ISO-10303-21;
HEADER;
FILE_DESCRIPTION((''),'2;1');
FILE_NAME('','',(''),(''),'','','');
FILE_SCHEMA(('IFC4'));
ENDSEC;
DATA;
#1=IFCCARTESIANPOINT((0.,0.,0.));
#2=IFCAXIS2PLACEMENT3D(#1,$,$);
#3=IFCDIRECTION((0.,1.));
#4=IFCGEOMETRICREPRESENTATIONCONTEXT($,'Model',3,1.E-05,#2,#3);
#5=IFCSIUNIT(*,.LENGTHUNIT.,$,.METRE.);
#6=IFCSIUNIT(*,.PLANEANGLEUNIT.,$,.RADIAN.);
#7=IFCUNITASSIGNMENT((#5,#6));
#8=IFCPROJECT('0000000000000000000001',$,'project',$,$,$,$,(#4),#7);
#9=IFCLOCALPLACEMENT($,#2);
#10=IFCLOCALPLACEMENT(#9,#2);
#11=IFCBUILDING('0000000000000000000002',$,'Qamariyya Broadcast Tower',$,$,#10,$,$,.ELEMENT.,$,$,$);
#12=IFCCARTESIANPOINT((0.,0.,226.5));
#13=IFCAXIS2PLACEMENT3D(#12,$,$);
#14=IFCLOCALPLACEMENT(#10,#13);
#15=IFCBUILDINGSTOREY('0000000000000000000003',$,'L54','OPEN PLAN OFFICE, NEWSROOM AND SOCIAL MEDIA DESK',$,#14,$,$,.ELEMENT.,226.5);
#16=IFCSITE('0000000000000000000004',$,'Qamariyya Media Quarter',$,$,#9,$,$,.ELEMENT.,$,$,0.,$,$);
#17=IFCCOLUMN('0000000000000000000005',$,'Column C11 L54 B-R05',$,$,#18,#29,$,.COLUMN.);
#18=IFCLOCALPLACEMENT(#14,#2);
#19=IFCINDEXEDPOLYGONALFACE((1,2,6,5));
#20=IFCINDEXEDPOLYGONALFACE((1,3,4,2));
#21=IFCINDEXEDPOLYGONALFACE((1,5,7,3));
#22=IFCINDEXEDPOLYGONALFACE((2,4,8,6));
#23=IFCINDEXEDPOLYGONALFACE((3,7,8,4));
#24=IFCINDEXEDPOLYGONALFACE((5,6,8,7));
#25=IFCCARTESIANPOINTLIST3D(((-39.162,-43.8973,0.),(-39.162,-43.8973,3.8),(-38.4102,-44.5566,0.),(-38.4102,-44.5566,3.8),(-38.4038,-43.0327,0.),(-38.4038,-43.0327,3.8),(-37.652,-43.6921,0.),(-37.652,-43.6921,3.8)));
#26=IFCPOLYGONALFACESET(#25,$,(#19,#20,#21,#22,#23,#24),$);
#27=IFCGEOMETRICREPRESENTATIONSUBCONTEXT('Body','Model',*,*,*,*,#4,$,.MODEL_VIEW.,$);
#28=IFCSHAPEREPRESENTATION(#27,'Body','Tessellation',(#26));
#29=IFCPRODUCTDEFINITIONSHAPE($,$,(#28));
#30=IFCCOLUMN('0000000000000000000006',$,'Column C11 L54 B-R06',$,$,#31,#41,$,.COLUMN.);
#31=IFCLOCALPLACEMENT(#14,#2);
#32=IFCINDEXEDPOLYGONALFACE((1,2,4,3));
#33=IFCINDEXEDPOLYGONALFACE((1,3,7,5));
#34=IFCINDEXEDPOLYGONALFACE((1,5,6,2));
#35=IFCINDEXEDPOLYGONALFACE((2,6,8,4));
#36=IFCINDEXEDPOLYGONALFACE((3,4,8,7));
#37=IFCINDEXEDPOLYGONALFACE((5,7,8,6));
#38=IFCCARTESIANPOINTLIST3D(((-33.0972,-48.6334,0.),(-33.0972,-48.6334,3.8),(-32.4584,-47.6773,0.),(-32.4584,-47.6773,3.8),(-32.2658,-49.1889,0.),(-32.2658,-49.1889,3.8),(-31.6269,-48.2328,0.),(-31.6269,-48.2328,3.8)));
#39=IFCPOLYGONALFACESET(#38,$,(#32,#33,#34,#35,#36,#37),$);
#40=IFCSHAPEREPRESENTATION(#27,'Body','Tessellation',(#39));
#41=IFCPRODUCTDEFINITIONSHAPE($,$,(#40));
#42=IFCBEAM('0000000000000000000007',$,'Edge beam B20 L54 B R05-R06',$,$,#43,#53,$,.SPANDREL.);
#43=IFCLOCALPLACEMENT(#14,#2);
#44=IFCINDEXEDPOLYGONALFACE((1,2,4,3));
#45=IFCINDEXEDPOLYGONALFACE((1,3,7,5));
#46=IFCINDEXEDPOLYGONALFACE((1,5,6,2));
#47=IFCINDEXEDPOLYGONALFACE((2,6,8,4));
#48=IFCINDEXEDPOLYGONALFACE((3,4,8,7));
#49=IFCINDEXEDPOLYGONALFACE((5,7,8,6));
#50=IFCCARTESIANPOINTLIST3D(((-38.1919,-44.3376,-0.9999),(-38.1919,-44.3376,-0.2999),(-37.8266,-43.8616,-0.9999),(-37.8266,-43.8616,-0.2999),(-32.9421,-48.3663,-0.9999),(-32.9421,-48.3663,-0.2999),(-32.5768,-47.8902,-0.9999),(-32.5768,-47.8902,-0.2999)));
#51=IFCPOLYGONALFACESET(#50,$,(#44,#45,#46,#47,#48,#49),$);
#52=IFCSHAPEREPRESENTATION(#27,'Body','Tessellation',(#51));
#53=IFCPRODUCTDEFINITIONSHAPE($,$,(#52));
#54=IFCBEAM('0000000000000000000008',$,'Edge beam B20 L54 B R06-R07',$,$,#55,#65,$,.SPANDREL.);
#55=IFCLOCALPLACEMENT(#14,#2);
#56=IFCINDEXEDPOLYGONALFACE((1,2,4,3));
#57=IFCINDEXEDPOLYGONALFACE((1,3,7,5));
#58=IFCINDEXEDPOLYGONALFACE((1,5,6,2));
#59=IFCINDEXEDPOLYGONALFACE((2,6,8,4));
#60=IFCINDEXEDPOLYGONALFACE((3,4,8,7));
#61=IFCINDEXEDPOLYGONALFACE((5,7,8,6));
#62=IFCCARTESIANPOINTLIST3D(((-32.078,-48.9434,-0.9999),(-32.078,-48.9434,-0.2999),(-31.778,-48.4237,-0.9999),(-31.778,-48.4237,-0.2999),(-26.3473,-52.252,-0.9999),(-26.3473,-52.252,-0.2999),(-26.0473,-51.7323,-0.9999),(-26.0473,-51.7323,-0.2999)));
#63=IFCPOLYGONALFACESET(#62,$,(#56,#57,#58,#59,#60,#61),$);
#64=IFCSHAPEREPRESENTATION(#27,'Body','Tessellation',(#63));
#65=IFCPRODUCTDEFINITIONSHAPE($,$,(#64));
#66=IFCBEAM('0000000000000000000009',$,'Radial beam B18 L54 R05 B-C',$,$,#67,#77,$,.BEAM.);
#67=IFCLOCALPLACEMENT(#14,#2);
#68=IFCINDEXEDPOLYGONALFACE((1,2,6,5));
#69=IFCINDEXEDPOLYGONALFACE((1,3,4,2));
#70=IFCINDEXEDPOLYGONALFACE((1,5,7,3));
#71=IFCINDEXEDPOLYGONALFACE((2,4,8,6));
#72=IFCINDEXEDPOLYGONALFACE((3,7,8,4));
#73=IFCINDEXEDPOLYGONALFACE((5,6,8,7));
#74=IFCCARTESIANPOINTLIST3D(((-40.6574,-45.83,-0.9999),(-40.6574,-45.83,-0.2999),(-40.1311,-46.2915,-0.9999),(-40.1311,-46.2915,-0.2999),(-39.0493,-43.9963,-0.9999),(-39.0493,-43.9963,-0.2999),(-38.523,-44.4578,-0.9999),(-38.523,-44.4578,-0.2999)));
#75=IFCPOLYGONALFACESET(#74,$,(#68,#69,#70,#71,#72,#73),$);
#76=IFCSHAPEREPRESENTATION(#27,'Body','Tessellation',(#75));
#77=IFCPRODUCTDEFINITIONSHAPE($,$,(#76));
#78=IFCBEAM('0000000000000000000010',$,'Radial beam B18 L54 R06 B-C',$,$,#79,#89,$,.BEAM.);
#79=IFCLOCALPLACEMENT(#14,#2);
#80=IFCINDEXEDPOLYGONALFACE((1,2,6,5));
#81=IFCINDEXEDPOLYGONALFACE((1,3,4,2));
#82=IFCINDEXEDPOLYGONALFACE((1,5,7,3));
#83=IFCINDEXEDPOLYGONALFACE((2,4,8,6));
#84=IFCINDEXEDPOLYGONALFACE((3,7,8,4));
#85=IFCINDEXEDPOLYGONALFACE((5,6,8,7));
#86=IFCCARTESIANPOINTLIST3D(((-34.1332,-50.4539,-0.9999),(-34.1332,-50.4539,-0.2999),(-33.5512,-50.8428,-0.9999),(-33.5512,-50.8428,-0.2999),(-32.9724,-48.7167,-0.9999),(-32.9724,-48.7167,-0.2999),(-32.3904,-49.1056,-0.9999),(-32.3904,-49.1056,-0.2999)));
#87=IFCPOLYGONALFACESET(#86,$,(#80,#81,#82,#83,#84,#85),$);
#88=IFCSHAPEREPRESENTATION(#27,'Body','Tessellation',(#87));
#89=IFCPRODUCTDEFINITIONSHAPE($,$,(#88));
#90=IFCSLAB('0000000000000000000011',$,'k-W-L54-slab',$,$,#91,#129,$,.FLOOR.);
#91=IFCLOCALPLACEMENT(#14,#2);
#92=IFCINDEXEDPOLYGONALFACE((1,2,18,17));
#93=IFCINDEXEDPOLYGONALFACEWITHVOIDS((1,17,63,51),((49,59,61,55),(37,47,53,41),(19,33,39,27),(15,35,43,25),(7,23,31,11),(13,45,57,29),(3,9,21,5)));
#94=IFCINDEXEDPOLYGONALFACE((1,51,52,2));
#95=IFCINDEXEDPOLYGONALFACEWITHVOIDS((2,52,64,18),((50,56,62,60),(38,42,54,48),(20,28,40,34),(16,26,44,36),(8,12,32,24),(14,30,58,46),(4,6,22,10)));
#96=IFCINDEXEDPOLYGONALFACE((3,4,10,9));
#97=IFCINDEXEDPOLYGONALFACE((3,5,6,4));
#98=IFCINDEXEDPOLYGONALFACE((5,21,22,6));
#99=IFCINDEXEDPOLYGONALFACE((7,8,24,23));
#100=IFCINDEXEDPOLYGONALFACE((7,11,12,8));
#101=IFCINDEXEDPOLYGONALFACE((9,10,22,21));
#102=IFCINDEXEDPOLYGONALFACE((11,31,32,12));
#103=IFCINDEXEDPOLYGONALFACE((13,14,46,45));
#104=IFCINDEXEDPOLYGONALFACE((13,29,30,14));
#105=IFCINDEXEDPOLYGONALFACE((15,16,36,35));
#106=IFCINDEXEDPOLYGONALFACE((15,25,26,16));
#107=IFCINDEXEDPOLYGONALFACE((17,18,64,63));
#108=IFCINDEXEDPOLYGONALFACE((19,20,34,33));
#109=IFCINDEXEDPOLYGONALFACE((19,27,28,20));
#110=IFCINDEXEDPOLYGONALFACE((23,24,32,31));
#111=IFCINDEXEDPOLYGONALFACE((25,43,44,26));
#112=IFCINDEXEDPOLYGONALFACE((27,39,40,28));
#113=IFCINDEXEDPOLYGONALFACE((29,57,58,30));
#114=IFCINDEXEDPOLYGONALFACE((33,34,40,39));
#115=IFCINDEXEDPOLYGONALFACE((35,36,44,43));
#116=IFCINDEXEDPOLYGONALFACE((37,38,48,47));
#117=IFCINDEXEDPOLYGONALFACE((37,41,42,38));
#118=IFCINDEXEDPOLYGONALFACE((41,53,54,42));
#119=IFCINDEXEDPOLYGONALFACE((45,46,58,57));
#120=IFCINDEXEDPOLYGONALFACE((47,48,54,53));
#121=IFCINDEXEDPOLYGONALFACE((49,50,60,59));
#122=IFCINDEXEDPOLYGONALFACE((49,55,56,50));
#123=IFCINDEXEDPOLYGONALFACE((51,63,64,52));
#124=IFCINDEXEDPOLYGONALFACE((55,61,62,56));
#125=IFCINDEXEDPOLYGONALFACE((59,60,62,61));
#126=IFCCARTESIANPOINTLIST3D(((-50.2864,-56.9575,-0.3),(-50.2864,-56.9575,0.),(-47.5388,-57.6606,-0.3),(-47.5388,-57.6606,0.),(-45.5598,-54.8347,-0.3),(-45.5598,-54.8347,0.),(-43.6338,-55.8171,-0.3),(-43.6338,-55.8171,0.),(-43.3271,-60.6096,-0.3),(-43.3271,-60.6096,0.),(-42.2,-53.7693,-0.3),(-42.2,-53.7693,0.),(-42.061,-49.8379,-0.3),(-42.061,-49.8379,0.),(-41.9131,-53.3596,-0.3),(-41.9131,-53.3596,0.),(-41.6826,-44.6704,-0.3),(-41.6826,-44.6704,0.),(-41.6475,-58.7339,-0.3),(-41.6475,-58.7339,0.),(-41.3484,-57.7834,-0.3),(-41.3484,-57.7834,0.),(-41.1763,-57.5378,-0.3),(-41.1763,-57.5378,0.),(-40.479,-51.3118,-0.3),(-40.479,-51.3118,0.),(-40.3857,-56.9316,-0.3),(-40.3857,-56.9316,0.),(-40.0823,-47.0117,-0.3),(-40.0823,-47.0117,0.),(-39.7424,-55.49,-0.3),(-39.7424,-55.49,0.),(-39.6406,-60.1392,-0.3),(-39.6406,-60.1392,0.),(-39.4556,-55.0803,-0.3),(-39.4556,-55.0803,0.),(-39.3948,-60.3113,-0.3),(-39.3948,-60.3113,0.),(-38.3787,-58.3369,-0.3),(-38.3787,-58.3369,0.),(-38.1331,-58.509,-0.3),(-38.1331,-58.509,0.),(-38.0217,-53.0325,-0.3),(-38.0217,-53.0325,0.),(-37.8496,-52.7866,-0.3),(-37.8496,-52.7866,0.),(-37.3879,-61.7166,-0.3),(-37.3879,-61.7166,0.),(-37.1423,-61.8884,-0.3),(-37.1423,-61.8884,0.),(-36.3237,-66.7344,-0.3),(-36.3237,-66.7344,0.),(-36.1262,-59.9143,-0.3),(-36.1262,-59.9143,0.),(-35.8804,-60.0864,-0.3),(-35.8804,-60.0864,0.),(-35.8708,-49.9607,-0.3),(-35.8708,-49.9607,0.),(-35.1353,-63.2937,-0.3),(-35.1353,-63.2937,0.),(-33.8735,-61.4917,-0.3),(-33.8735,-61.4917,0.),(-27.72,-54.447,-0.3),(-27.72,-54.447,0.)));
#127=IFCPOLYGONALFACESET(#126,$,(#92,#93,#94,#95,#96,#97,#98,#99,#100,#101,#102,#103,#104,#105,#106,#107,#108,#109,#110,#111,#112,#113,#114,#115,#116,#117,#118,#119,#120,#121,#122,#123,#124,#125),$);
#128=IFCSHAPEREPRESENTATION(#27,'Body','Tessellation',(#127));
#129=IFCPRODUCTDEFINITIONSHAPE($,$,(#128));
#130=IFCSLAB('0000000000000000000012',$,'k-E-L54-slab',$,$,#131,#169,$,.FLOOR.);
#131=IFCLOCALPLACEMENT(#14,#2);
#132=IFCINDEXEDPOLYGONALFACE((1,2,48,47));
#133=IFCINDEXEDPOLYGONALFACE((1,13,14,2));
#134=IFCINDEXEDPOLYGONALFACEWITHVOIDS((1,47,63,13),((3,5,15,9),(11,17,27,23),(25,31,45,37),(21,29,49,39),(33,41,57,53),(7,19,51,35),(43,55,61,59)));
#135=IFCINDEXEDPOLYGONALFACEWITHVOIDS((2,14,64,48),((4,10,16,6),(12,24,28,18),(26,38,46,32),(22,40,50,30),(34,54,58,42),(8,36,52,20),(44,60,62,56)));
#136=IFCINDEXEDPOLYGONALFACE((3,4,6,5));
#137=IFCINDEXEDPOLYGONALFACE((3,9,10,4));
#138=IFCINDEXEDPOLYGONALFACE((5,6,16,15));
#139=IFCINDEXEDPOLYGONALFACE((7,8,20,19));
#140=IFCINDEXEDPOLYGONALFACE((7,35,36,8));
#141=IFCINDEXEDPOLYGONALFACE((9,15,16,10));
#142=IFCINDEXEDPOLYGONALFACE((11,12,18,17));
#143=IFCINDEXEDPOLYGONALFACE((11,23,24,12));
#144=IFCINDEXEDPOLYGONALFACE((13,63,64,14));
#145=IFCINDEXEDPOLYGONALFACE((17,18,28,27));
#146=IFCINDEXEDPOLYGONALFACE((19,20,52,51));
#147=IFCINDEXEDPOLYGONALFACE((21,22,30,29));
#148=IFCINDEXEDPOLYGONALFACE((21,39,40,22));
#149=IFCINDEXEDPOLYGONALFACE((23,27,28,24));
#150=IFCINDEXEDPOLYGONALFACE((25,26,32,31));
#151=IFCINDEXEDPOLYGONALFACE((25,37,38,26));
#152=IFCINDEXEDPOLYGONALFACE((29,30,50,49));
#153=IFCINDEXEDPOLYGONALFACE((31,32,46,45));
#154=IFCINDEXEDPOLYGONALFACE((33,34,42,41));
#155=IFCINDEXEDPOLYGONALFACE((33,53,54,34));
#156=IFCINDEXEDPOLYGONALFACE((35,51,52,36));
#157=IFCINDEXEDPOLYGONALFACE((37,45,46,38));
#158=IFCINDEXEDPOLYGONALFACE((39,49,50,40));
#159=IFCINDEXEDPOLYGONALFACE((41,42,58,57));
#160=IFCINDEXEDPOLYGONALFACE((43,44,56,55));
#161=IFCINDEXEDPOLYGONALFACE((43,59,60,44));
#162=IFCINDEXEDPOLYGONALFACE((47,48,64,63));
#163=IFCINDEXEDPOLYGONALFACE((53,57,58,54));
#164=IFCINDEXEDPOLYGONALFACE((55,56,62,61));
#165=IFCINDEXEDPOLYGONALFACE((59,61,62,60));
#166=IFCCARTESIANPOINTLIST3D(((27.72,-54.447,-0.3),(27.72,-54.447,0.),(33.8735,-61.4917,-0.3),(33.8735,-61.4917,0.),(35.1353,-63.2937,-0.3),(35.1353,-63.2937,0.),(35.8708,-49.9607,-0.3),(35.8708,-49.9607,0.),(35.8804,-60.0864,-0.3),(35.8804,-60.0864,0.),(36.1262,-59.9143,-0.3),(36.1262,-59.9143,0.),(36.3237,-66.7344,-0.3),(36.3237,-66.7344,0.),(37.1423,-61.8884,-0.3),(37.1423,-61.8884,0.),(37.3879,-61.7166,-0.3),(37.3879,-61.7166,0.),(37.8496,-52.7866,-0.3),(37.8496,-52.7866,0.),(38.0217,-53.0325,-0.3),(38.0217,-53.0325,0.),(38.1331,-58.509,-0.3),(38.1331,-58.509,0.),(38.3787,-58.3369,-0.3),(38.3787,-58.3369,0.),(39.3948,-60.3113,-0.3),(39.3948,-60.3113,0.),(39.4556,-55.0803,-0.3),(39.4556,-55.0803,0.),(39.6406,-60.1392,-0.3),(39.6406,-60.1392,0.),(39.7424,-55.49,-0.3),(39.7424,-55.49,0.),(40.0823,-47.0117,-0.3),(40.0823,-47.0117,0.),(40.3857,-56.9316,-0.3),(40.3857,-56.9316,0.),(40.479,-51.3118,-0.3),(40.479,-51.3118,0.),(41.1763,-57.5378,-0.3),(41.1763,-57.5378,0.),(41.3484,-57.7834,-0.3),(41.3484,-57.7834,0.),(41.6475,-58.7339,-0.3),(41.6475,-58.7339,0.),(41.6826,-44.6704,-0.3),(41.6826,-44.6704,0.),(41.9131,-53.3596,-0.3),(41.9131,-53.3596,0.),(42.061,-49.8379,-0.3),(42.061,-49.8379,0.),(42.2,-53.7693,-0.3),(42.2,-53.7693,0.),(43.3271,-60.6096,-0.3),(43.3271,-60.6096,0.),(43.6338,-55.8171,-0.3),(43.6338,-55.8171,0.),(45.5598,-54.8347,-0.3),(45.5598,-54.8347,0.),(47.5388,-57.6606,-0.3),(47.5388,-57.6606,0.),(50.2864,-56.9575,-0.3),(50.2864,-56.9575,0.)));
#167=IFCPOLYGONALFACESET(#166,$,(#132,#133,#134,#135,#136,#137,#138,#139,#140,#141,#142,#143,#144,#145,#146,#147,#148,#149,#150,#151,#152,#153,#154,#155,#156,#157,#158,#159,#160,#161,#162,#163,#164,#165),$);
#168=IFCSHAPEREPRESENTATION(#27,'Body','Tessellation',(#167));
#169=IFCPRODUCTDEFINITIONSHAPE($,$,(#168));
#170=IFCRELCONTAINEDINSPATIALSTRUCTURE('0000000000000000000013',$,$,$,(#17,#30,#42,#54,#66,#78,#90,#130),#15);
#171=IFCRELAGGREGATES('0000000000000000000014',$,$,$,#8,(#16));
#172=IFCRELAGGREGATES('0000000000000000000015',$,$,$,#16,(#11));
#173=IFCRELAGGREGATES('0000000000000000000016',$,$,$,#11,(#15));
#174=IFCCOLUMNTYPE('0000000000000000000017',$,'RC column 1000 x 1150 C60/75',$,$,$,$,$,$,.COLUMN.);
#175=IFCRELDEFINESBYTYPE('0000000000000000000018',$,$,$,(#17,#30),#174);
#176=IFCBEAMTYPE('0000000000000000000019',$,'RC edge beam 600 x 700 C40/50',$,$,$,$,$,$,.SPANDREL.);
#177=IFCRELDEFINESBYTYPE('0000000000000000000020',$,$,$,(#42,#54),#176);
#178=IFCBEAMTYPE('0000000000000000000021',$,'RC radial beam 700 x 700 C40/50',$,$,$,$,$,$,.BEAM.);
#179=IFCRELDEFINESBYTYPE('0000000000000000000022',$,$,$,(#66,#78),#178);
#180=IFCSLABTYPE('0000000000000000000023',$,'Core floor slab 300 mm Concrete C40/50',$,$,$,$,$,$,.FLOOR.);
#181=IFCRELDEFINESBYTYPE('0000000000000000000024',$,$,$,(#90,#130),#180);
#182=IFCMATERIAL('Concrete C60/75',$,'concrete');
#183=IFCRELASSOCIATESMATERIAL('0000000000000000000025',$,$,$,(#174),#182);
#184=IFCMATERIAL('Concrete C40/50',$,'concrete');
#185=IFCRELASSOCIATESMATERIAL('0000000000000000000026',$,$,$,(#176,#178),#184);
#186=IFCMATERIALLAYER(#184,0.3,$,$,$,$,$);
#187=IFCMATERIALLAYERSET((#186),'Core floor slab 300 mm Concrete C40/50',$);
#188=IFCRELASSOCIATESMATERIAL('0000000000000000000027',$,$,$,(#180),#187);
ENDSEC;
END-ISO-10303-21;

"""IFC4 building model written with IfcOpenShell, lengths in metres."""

from ifc_helpers import new_model, si_unit, direction, frame, origin, origin_2d, place, context, subcontext, project, spatial, polyline, rectangle, outline, extrude, material, layer, layer_set, material_profile, profile_set, type_object, element, save


model = new_model("IFC4")

# Units and contexts
model_context = context("Model", 3, precision=1e-05, world=origin(), true_north=direction((0.0, 1.0)))
body_context = subcontext(model_context, "Body", "Model", "MODEL_VIEW")
ifc_project = project(units=[si_unit("LENGTHUNIT", "METRE"), si_unit("PLANEANGLEUNIT", "RADIAN")], contexts=[model_context])

# Site, building, storey
site_placement = place(None, origin())
site = spatial("IfcSite", under=ifc_project, at=site_placement, Name="Qamariyya Media Quarter", CompositionType="ELEMENT", RefElevation=0.0)
building_placement = place(site_placement, origin())
building = spatial("IfcBuilding", under=site, at=building_placement, Name="Qamariyya Broadcast Tower", CompositionType="ELEMENT")
storey_placement = place(building_placement, frame((0.0, 0.0, 226.5)))
storey = spatial("IfcBuildingStorey", under=building, at=storey_placement, Name="L54", Description="OPEN PLAN OFFICE, NEWSROOM AND SOCIAL MEDIA DESK", CompositionType="ELEMENT", Elevation=226.5)

# Columns
ifc_material_1 = material(Name="Concrete C60/75", Category="concrete")
ifc_material_profile_1 = material_profile(ifc_material_1, rectangle(XDim=1.0, YDim=1.1499, at=origin_2d()))
ifc_profile_set_1 = profile_set([ifc_material_profile_1], Name="Concrete C60/75")
column_type = type_object("IfcColumnType", Name="RC column 1000 x 1150 C60/75", PredefinedType="COLUMN", material=ifc_profile_set_1)
for number, where, z_axis, x_axis, name in (
    (1, (-38.407, -43.7947, 0.0), (0.0, 0.0, 1.0), (0.75184, -0.659346, 0.0), "Column C11 L54 B-R05"),
    (2, (-32.3621, -48.4331, 0.0), (0.0, 0.0, 1.0), (0.83147, -0.55557, 0.0), "Column C11 L54 B-R06"),
):
    element("IfcColumn", number, at=place(storey_placement, frame(where, z_axis=z_axis, x_axis=x_axis)), inside=storey, type_object=column_type, Name=name, PredefinedType="COLUMN", context=body_context, shape_type="SweptSolid", body=[
        extrude(rectangle(XDim=1.0, YDim=1.1499, at=origin_2d()), origin(), (0.0, 0.0, 1.0), 3.8),
    ])

# Beams
ifc_material_2 = material(Name="Concrete C40/50", Category="concrete")
ifc_material_profile_2 = material_profile(ifc_material_2, rectangle(XDim=0.6001, YDim=0.7, at=origin_2d()))
ifc_profile_set_2 = profile_set([ifc_material_profile_2], Name="Concrete C40/50")
beam_type_1 = type_object("IfcBeamType", Name="RC edge beam 600 x 700 C40/50", PredefinedType="SPANDREL", material=ifc_profile_set_2)
beam_1_placement = place(storey_placement, frame((-38.0093, -44.0996, -0.6499), z_axis=(0.793333, -0.608789, 0.0), x_axis=(0.608789, 0.793333, 0.0)))
element("IfcBeam", 3, at=beam_1_placement, inside=storey, type_object=beam_type_1, Name="Edge beam B20 L54 B R05-R06", PredefinedType="SPANDREL", context=body_context, shape_type="SweptSolid", body=[
    extrude(rectangle(XDim=0.6001, YDim=0.7, at=origin_2d()), origin(), (0.0, 0.0, 1.0), 6.6174),
])
beam_2_placement = place(storey_placement, frame((-31.928, -48.6836, -0.6499), z_axis=(0.866028, -0.499996, 0.0), x_axis=(0.499996, 0.866028, 0.0)))
element("IfcBeam", 4, at=beam_2_placement, inside=storey, type_object=beam_type_1, Name="Edge beam B20 L54 B R06-R07", PredefinedType="SPANDREL", context=body_context, shape_type="SweptSolid", body=[
    extrude(rectangle(XDim=0.6001, YDim=0.7, at=origin_2d()), origin(), (0.0, 0.0, 1.0), 6.6172),
])
ifc_material_profile_3 = material_profile(ifc_material_2, rectangle(XDim=0.7, YDim=0.7, at=origin_2d()))
ifc_profile_set_3 = profile_set([ifc_material_profile_3], Name="Concrete C40/50")
beam_type_2 = type_object("IfcBeamType", Name="RC radial beam 700 x 700 C40/50", PredefinedType="BEAM", material=ifc_profile_set_3)
beam_3_placement = place(storey_placement, frame((-38.7861, -44.2271, -0.6499), z_axis=(-0.659348, -0.751838, 0.0), x_axis=(0.751838, -0.659348, 0.0)))
element("IfcBeam", 5, at=beam_3_placement, inside=storey, type_object=beam_type_2, Name="Radial beam B18 L54 R05 B-C", PredefinedType="BEAM", context=body_context, shape_type="SweptSolid", body=[
    extrude(rectangle(XDim=0.7, YDim=0.7, at=origin_2d()), origin(), (0.0, 0.0, 1.0), 2.439),
])
beam_4_placement = place(storey_placement, frame((-32.6814, -48.9111, -0.6499), z_axis=(-0.55559, -0.831457, 0.0), x_axis=(0.831457, -0.55559, 0.0)))
element("IfcBeam", 6, at=beam_4_placement, inside=storey, type_object=beam_type_2, Name="Radial beam B18 L54 R06 B-C", PredefinedType="BEAM", context=body_context, shape_type="SweptSolid", body=[
    extrude(rectangle(XDim=0.7, YDim=0.7, at=origin_2d()), origin(), (0.0, 0.0, 1.0), 2.0894),
])

# Slabs
ifc_layer_1 = layer(ifc_material_2, 0.3)
ifc_layer_set_1 = layer_set([ifc_layer_1], Name="Core floor slab 300 mm Concrete C40/50")
slab_type_1 = type_object("IfcSlabType", Name="Core floor slab 300 mm Concrete C40/50", PredefinedType="FLOOR", material=ifc_layer_set_1)
slab_1_placement = place(storey_placement, frame((0.0, 0.0, -0.3)))
element("IfcSlab", 7, at=slab_1_placement, inside=storey, type_object=slab_type_1, Name="k-W-L54-slab", PredefinedType="FLOOR", context=body_context, shape_type="SweptSolid", body=[
    extrude(outline(polyline([(-50.2864, -56.9575), (-36.3237, -66.7344), (-27.72, -54.447), (-41.6826, -44.6704), (-50.2864, -56.9575)]), holes=[polyline([(-33.8735, -61.4917), (-35.8804, -60.0864), (-37.1423, -61.8884), (-35.1353, -63.2937), (-33.8735, -61.4917)]), polyline([(-36.1262, -59.9143), (-38.1331, -58.509), (-39.3948, -60.3113), (-37.3879, -61.7166), (-36.1262, -59.9143)]), polyline([(-38.3787, -58.3369), (-40.3857, -56.9316), (-41.6475, -58.7339), (-39.6406, -60.1392), (-38.3787, -58.3369)]), polyline([(-39.7424, -55.49), (-42.2, -53.7693), (-43.6338, -55.8171), (-41.1763, -57.5378), (-39.7424, -55.49)]), polyline([(-39.4556, -55.0803), (-41.9131, -53.3596), (-40.479, -51.3118), (-38.0217, -53.0325), (-39.4556, -55.0803)]), polyline([(-42.061, -49.8379), (-37.8496, -52.7866), (-35.8708, -49.9607), (-40.0823, -47.0117), (-42.061, -49.8379)]), polyline([(-47.5388, -57.6606), (-43.3271, -60.6096), (-41.3484, -57.7834), (-45.5598, -54.8347), (-47.5388, -57.6606)])]), origin(), (0.0, 0.0, 1.0), 0.3),
])
slab_2_placement = place(storey_placement, frame((0.0, 0.0, -0.3)))
element("IfcSlab", 8, at=slab_2_placement, inside=storey, type_object=slab_type_1, Name="k-E-L54-slab", PredefinedType="FLOOR", context=body_context, shape_type="SweptSolid", body=[
    extrude(outline(polyline([(36.3237, -66.7344), (50.2864, -56.9575), (41.6826, -44.6704), (27.72, -54.447), (36.3237, -66.7344)]), holes=[polyline([(33.8735, -61.4917), (35.8804, -60.0864), (37.1423, -61.8884), (35.1353, -63.2937), (33.8735, -61.4917)]), polyline([(36.1262, -59.9143), (38.1331, -58.509), (39.3948, -60.3113), (37.3879, -61.7166), (36.1262, -59.9143)]), polyline([(38.3787, -58.3369), (40.3857, -56.9316), (41.6475, -58.7339), (39.6406, -60.1392), (38.3787, -58.3369)]), polyline([(39.7424, -55.49), (42.2, -53.7693), (43.6338, -55.8171), (41.1763, -57.5378), (39.7424, -55.49)]), polyline([(39.4556, -55.0803), (41.9131, -53.3596), (40.479, -51.3118), (38.0217, -53.0325), (39.4556, -55.0803)]), polyline([(40.0823, -47.0117), (35.8708, -49.9607), (37.8496, -52.7866), (42.061, -49.8379), (40.0823, -47.0117)]), polyline([(45.5598, -54.8347), (41.3484, -57.7834), (43.3271, -60.6096), (47.5388, -57.6606), (45.5598, -54.8347)])]), origin(), (0.0, 0.0, 1.0), 0.3),
])

save(model, "model.ifc")
